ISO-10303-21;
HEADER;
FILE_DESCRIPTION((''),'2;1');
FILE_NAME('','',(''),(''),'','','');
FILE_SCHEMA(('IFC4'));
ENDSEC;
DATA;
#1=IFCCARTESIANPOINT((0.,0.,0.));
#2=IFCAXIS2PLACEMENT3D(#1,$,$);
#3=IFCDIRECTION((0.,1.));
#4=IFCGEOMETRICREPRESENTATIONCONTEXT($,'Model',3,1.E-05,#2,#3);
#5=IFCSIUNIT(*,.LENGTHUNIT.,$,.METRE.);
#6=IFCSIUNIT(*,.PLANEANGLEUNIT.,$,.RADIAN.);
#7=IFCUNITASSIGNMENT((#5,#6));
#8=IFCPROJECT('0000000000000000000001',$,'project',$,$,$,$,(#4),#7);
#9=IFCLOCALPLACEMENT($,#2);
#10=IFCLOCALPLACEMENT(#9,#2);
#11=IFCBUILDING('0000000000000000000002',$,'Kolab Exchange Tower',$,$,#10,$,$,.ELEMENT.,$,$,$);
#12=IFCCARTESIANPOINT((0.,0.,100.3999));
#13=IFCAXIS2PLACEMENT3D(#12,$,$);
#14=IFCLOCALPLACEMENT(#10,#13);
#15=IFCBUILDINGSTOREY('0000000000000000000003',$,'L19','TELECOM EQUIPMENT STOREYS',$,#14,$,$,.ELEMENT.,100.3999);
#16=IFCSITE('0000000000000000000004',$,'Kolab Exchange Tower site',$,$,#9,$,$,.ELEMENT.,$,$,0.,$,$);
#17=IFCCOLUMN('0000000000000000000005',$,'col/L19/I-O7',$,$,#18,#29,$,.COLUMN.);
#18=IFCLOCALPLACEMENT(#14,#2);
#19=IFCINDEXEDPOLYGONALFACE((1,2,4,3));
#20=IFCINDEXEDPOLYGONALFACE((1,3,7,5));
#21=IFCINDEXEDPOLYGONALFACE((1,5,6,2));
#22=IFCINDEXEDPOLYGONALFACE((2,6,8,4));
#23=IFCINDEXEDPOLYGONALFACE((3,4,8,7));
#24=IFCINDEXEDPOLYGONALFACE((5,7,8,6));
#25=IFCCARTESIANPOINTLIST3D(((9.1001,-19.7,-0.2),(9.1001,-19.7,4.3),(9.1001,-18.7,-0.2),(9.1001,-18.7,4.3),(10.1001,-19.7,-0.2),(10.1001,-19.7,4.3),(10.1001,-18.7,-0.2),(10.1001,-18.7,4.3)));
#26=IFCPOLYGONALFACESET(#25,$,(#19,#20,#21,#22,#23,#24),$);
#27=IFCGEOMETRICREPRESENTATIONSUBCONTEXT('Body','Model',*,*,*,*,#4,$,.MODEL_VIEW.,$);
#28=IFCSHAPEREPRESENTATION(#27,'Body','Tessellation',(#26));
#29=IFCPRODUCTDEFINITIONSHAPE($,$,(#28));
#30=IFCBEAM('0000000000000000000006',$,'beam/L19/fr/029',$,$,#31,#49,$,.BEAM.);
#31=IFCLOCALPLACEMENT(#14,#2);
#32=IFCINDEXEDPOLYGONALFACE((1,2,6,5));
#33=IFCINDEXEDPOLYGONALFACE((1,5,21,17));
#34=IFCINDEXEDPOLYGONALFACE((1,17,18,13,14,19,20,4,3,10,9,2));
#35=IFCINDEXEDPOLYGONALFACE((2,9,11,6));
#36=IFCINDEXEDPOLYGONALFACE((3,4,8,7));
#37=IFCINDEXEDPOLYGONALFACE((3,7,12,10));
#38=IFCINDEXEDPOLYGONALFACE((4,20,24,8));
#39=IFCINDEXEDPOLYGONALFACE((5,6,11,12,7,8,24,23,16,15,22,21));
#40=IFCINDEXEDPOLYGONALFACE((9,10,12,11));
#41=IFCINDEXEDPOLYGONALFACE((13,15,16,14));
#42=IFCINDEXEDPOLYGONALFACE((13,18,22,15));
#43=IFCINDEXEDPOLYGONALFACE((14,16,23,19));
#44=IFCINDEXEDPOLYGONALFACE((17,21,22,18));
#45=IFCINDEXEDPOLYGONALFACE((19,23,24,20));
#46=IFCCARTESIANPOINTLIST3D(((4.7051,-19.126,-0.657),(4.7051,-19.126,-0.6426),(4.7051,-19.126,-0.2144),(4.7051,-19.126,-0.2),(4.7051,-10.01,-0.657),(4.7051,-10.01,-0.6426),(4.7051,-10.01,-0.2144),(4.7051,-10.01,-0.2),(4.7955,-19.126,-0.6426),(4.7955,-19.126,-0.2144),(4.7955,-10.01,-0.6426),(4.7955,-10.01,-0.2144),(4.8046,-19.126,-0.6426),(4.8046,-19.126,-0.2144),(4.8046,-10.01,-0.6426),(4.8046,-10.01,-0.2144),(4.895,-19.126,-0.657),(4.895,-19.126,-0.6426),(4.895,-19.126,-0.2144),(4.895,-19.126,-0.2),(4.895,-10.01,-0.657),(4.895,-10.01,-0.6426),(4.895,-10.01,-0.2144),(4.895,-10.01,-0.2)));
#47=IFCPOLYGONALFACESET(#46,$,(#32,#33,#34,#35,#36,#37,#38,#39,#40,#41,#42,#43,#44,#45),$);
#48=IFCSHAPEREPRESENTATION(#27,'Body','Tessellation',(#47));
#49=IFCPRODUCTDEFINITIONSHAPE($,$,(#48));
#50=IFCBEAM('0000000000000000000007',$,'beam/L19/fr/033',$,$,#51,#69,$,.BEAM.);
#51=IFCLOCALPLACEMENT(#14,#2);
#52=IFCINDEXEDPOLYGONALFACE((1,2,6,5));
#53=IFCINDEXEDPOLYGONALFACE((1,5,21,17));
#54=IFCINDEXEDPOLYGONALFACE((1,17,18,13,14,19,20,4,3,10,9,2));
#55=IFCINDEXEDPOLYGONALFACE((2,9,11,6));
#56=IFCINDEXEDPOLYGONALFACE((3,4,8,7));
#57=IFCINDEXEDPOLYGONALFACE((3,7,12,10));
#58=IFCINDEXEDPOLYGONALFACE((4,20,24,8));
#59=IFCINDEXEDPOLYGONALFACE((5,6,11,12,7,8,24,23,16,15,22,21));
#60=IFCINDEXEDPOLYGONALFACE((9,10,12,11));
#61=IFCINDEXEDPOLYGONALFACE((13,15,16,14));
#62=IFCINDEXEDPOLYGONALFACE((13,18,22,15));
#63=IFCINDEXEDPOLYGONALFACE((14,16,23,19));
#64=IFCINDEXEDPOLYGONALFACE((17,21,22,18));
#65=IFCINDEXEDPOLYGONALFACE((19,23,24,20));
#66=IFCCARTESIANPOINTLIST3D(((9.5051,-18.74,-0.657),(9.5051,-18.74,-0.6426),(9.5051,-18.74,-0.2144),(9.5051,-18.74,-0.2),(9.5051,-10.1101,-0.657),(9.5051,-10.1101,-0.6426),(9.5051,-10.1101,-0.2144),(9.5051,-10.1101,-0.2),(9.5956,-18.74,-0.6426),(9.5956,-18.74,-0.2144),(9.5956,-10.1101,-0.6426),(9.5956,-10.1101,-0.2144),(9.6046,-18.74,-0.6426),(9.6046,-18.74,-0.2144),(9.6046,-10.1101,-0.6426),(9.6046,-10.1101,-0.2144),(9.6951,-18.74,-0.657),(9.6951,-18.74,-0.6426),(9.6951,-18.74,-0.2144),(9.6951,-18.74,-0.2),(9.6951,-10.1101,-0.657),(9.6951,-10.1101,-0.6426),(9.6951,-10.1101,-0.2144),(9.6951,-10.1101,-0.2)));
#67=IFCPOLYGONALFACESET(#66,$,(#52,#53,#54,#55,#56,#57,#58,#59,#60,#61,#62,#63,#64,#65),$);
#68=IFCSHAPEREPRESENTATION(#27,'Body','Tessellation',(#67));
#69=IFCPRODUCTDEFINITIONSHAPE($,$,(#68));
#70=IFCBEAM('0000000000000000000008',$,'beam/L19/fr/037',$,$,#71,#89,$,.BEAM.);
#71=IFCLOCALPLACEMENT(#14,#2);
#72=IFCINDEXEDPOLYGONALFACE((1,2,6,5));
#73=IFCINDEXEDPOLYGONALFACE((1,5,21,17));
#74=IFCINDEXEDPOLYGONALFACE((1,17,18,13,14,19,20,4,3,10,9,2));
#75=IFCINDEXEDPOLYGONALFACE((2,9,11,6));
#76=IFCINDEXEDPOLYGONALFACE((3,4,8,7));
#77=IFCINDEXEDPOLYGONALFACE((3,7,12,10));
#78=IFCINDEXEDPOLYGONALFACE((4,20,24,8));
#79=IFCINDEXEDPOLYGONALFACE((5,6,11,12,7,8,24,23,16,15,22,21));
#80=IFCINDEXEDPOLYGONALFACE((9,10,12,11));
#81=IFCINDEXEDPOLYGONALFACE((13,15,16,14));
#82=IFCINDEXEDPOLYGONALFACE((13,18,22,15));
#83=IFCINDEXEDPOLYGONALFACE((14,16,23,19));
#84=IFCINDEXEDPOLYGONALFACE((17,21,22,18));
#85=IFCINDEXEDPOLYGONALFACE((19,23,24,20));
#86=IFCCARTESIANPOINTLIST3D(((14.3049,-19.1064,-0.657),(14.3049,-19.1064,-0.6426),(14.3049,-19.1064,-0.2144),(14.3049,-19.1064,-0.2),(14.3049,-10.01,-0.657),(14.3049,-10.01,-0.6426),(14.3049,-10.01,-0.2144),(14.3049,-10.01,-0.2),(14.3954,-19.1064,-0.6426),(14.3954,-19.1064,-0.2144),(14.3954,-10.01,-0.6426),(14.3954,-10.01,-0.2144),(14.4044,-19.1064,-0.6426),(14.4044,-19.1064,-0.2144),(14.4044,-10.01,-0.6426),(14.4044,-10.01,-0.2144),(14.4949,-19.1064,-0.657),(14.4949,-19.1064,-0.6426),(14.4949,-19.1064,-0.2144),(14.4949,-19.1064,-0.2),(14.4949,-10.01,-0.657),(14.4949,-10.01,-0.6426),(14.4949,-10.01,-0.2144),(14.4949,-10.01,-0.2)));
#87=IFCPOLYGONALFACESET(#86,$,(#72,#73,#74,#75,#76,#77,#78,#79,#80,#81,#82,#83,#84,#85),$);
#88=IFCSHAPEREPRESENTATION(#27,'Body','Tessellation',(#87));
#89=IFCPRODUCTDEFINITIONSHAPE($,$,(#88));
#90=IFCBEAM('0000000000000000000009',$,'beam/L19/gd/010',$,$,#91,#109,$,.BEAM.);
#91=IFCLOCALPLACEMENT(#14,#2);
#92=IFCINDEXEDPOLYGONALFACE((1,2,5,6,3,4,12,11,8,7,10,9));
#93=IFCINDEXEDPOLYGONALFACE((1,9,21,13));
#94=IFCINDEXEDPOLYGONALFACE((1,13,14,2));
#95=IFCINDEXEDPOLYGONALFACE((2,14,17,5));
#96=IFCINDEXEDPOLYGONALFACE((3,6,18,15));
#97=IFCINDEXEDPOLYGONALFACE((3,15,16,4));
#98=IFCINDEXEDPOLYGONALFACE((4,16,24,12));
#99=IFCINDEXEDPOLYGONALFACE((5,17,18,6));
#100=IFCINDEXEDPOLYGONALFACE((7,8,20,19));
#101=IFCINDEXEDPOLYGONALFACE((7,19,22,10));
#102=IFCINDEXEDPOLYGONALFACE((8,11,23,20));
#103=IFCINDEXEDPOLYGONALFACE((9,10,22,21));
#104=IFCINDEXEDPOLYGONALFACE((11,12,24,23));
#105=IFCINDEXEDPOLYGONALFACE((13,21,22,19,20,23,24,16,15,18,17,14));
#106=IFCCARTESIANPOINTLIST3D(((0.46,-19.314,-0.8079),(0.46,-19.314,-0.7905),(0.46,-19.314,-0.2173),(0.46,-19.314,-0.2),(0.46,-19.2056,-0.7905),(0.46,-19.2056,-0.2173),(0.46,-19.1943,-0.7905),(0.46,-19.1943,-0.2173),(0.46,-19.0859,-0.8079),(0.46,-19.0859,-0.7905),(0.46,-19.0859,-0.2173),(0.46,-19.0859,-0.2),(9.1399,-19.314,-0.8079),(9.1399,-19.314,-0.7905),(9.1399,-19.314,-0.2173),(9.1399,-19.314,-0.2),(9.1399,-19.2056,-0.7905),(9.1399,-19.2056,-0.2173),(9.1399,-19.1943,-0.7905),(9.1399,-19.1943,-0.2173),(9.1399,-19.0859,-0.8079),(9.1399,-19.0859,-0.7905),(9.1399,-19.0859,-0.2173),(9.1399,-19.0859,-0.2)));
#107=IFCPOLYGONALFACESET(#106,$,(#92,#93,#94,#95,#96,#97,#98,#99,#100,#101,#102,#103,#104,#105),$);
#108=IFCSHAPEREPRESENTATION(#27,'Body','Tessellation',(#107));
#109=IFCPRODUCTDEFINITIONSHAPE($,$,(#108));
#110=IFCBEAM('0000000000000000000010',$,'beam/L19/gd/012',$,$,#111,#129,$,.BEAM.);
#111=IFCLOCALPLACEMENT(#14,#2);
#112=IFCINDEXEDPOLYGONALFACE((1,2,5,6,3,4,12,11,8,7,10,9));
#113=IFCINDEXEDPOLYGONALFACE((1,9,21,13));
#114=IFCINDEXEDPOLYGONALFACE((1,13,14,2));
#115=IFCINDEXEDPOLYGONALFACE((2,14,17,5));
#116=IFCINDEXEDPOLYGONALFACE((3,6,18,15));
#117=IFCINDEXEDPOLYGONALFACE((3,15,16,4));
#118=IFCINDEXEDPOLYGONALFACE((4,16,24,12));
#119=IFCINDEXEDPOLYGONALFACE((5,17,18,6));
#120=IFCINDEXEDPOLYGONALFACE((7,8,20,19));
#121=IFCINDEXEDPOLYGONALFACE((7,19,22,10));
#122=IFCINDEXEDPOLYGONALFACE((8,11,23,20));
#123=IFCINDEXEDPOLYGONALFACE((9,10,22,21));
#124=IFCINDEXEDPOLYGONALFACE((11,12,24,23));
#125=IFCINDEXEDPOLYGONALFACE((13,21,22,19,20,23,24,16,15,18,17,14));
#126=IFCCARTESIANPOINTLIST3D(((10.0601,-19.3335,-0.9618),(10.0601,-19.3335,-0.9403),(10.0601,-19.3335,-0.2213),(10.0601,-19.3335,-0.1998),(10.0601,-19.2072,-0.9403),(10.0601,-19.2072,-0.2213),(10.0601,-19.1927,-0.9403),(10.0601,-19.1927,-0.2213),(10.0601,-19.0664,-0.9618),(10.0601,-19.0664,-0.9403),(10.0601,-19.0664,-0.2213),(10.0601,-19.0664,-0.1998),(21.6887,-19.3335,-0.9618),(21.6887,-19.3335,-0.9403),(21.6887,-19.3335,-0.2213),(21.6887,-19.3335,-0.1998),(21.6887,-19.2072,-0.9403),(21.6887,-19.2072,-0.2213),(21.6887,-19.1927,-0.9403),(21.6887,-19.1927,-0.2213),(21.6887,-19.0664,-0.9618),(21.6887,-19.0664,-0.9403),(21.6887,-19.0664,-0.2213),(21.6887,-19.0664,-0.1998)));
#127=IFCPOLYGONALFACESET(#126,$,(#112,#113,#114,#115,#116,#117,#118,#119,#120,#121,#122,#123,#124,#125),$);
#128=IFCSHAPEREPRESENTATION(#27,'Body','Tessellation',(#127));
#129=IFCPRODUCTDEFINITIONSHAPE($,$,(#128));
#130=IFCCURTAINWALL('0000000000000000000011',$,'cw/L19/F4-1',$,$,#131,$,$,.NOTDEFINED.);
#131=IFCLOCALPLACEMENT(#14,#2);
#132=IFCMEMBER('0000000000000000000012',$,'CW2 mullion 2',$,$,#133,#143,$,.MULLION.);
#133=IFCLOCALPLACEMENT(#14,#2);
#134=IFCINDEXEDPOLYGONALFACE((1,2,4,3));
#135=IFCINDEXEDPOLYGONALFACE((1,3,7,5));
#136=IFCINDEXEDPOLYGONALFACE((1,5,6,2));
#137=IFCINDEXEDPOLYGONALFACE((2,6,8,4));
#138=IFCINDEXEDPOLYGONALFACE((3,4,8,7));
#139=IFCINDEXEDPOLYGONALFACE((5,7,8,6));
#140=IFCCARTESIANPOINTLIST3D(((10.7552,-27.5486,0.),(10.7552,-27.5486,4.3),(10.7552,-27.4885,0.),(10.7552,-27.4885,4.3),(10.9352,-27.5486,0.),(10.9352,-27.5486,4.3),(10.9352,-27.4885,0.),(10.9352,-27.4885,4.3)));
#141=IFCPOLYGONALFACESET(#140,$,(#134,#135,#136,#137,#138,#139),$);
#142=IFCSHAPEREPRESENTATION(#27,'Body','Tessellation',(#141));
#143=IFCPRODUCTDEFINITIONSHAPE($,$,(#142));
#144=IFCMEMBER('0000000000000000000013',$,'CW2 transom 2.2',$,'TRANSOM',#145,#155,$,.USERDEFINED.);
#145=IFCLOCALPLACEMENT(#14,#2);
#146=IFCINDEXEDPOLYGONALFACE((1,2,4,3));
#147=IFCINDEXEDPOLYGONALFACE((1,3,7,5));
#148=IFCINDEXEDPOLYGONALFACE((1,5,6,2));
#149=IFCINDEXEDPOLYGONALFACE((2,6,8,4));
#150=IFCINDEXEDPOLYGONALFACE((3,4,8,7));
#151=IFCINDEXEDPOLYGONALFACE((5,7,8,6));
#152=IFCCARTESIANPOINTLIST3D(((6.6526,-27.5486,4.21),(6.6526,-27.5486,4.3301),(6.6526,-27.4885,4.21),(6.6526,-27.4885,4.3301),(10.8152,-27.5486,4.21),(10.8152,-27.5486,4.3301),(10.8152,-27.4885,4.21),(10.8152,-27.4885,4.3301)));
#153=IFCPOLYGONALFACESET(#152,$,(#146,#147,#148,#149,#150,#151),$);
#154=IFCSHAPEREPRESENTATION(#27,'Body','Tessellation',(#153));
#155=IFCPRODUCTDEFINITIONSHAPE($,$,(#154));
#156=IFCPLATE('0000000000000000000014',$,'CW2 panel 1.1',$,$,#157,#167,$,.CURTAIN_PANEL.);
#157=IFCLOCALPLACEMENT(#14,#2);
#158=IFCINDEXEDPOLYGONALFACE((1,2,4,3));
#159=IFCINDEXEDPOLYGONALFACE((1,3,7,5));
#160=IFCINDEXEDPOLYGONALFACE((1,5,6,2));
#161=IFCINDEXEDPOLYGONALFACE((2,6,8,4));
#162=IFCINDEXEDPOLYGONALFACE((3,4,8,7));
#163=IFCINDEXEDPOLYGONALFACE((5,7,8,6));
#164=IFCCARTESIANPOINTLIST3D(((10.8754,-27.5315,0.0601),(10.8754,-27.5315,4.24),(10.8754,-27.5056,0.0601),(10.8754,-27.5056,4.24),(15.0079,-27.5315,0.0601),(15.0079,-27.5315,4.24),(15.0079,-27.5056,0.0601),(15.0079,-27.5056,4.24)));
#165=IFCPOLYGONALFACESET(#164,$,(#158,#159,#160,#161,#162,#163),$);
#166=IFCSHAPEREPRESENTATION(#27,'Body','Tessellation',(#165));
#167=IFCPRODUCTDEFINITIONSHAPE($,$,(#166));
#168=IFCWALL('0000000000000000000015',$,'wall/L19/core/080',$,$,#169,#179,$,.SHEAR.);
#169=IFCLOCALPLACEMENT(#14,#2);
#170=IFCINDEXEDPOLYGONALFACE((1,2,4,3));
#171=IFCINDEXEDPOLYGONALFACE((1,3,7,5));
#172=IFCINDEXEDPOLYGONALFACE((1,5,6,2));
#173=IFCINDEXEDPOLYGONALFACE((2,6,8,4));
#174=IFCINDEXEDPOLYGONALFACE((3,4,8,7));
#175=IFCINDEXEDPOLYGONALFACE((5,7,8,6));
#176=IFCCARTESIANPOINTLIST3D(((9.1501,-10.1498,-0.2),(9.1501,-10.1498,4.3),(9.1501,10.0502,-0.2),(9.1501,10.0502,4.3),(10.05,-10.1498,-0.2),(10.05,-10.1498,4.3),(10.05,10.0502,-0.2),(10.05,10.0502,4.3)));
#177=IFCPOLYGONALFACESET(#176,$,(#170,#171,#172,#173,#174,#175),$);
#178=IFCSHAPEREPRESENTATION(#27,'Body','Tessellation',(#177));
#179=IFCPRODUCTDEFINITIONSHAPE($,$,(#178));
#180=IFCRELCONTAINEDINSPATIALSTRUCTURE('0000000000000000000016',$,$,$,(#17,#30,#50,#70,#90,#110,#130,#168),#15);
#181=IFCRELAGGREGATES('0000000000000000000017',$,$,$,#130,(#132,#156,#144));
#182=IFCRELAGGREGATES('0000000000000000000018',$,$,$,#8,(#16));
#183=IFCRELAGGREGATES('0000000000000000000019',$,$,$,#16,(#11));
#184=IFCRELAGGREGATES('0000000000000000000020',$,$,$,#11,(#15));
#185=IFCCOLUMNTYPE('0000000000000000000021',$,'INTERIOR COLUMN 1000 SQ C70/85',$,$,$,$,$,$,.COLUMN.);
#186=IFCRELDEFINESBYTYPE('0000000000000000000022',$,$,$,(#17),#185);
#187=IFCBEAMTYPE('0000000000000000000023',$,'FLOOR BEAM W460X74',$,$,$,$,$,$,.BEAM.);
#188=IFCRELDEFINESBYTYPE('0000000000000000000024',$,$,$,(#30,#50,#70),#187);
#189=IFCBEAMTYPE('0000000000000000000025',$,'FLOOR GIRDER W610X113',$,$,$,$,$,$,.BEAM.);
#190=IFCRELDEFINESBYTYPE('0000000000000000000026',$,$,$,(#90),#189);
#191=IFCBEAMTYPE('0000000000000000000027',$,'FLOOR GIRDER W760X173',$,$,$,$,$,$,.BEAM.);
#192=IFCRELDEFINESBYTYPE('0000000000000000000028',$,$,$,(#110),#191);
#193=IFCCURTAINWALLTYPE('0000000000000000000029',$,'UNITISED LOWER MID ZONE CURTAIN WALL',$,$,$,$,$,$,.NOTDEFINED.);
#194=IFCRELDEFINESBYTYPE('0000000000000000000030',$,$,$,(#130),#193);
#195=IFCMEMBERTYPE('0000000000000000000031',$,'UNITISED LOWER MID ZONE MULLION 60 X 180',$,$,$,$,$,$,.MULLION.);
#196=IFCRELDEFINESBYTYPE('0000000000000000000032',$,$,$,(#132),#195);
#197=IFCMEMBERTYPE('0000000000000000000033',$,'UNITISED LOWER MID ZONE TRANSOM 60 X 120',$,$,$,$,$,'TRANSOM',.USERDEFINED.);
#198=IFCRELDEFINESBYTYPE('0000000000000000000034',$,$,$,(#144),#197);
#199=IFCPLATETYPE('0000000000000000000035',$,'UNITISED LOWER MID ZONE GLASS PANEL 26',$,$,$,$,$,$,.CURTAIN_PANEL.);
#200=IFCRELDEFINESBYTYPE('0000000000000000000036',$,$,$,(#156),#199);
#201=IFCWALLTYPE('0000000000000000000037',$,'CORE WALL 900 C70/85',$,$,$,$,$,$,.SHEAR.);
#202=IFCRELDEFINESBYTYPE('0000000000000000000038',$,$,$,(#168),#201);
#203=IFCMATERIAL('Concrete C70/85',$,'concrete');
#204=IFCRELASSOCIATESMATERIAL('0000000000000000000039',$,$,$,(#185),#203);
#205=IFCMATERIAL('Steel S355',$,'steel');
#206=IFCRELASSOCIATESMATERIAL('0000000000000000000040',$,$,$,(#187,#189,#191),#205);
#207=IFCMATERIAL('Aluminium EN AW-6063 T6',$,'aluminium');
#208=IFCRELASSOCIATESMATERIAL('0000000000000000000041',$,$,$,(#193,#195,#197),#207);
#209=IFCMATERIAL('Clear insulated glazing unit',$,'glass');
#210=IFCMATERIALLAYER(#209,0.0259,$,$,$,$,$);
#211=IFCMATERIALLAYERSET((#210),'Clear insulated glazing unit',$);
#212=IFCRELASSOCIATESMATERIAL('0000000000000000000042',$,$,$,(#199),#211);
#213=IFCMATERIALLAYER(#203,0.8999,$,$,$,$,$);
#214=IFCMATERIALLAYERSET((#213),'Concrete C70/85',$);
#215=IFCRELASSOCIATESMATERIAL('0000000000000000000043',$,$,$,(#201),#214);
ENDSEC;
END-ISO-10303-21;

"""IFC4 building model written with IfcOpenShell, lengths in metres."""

from ifc_helpers import new_model, si_unit, direction, frame, frame_2d, origin, origin_2d, place, context, subcontext, project, spatial, rectangle, i_section, extrude, material, layer, layer_set, material_profile, profile_set, type_object, element, aggregate, save


model = new_model("IFC4")

# Units and contexts
model_context = context("Model", 3, precision=1e-05, world=origin(), true_north=direction((0.0, 1.0)))
body_context = subcontext(model_context, "Body", "Model", "MODEL_VIEW")
ifc_project = project(units=[si_unit("LENGTHUNIT", "METRE"), si_unit("PLANEANGLEUNIT", "RADIAN")], contexts=[model_context])

# Site, building, storey
site_placement = place(None, origin())
site = spatial("IfcSite", under=ifc_project, at=site_placement, Name="Kolab Exchange Tower site", CompositionType="ELEMENT", RefElevation=0.0)
building_placement = place(site_placement, origin())
building = spatial("IfcBuilding", under=site, at=building_placement, Name="Kolab Exchange Tower", CompositionType="ELEMENT")
storey_placement = place(building_placement, frame((0.0, 0.0, 100.3999)))
storey = spatial("IfcBuildingStorey", under=building, at=storey_placement, Name="L19", Description="TELECOM EQUIPMENT STOREYS", CompositionType="ELEMENT", Elevation=100.3999)

# Column
ifc_material_1 = material(Name="Concrete C70/85", Category="concrete")
ifc_material_profile_1 = material_profile(ifc_material_1, rectangle(XDim=1.0, YDim=1.0, at=origin_2d()), Name="RC1000")
ifc_profile_set_1 = profile_set([ifc_material_profile_1], Name="Concrete C70/85")
column_type = type_object("IfcColumnType", Name="INTERIOR COLUMN 1000 SQ C70/85", PredefinedType="COLUMN", material=ifc_profile_set_1)
column_placement = place(storey_placement, frame((9.6001, -19.2, -0.2), z_axis=(0.0, 0.0, 1.0), x_axis=(1.0, 0.0, 0.0)))
element("IfcColumn", 1, at=column_placement, inside=storey, type_object=column_type, Name="col/L19/I-O7", PredefinedType="COLUMN", context=body_context, shape_type="SweptSolid", body=[
    extrude(rectangle(XDim=1.0, YDim=1.0, at=origin_2d()), origin(), (0.0, 0.0, 1.0), 4.5),
])

# Beams
ifc_material_2 = material(Name="Steel S355", Category="steel")
ifc_material_profile_2 = material_profile(ifc_material_2, i_section(OverallWidth=0.1899, OverallDepth=0.457, WebThickness=0.009, FlangeThickness=0.0144, at=origin_2d()), Name="W460X74")
ifc_profile_set_2 = profile_set([ifc_material_profile_2], Name="Steel S355")
beam_type_1 = type_object("IfcBeamType", Name="FLOOR BEAM W460X74", PredefinedType="BEAM", material=ifc_profile_set_2)
beam_1_placement = place(storey_placement, frame((4.8, -19.126, -0.4285), z_axis=(0.0, 1.0, 0.0), x_axis=(-1.0, 0.0, 0.0)))
element("IfcBeam", 2, at=beam_1_placement, inside=storey, type_object=beam_type_1, Name="beam/L19/fr/029", PredefinedType="BEAM", context=body_context, shape_type="SweptSolid", body=[
    extrude(i_section(OverallWidth=0.1899, OverallDepth=0.457, WebThickness=0.009, FlangeThickness=0.0144, at=origin_2d()), origin(), (0.0, 0.0, 1.0), 9.116),
])
beam_2_placement = place(storey_placement, frame((9.6001, -18.74, -0.4285), z_axis=(0.0, 1.0, 0.0), x_axis=(-1.0, 0.0, 0.0)))
element("IfcBeam", 3, at=beam_2_placement, inside=storey, type_object=beam_type_1, Name="beam/L19/fr/033", PredefinedType="BEAM", context=body_context, shape_type="SweptSolid", body=[
    extrude(i_section(OverallWidth=0.1899, OverallDepth=0.457, WebThickness=0.009, FlangeThickness=0.0144, at=origin_2d()), origin(), (0.0, 0.0, 1.0), 8.6299),
])
beam_3_placement = place(storey_placement, frame((14.3999, -19.1064, -0.4285), z_axis=(0.0, 1.0, 0.0), x_axis=(-1.0, 0.0, 0.0)))
element("IfcBeam", 4, at=beam_3_placement, inside=storey, type_object=beam_type_1, Name="beam/L19/fr/037", PredefinedType="BEAM", context=body_context, shape_type="SweptSolid", body=[
    extrude(i_section(OverallWidth=0.1899, OverallDepth=0.457, WebThickness=0.009, FlangeThickness=0.0144, at=origin_2d()), origin(), (0.0, 0.0, 1.0), 9.0964),
])
ifc_material_profile_3 = material_profile(ifc_material_2, i_section(OverallWidth=0.228, OverallDepth=0.6079, WebThickness=0.0112, FlangeThickness=0.0173, at=origin_2d()), Name="W610X113")
ifc_profile_set_3 = profile_set([ifc_material_profile_3], Name="Steel S355")
beam_type_2 = type_object("IfcBeamType", Name="FLOOR GIRDER W610X113", PredefinedType="BEAM", material=ifc_profile_set_3)
beam_4_placement = place(storey_placement, frame((0.46, -19.2, -0.5039), z_axis=(1.0, 0.0, 0.0), x_axis=(0.0, 1.0, 0.0)))
element("IfcBeam", 5, at=beam_4_placement, inside=storey, type_object=beam_type_2, Name="beam/L19/gd/010", PredefinedType="BEAM", context=body_context, shape_type="SweptSolid", body=[
    extrude(i_section(OverallWidth=0.228, OverallDepth=0.6079, WebThickness=0.0112, FlangeThickness=0.0173, at=origin_2d()), origin(), (0.0, 0.0, 1.0), 8.6799),
])
ifc_material_profile_4 = material_profile(ifc_material_2, i_section(OverallWidth=0.2671, OverallDepth=0.762, WebThickness=0.0144, FlangeThickness=0.0215, at=origin_2d()), Name="W760X173")
ifc_profile_set_4 = profile_set([ifc_material_profile_4], Name="Steel S355")
beam_type_3 = type_object("IfcBeamType", Name="FLOOR GIRDER W760X173", PredefinedType="BEAM", material=ifc_profile_set_4)
beam_5_placement = place(storey_placement, frame((10.0601, -19.2, -0.5808), z_axis=(1.0, 0.0, 0.0), x_axis=(0.0, 1.0, 0.0)))
element("IfcBeam", 6, at=beam_5_placement, inside=storey, type_object=beam_type_3, Name="beam/L19/gd/012", PredefinedType="BEAM", context=body_context, shape_type="SweptSolid", body=[
    extrude(i_section(OverallWidth=0.2671, OverallDepth=0.762, WebThickness=0.0144, FlangeThickness=0.0215, at=origin_2d()), origin(), (0.0, 0.0, 1.0), 11.6287),
])

# Curtain wall, members, plate
ifc_material_3 = material(Name="Aluminium EN AW-6063 T6", Category="aluminium")
curtain_wall_type = type_object("IfcCurtainWallType", Name="UNITISED LOWER MID ZONE CURTAIN WALL", PredefinedType="NOTDEFINED", material=ifc_material_3)
curtain_wall_placement = place(storey_placement, origin())
curtain_wall = element("IfcCurtainWall", 7, at=curtain_wall_placement, inside=storey, type_object=curtain_wall_type, Name="cw/L19/F4-1", PredefinedType="NOTDEFINED")
ifc_material_profile_5 = material_profile(ifc_material_3, rectangle(XDim=0.0601, YDim=0.1799, at=origin_2d()), Name="RECT 60X180")
ifc_profile_set_5 = profile_set([ifc_material_profile_5], Name="Aluminium EN AW-6063 T6")
member_type_1 = type_object("IfcMemberType", Name="UNITISED LOWER MID ZONE MULLION 60 X 180", PredefinedType="MULLION", material=ifc_profile_set_5)
member_1_placement = place(storey_placement, frame((10.8452, -27.5186, 0.0), z_axis=(0.0, 0.0, 1.0), x_axis=(0.0, -1.0, 0.0)))
member_1 = element("IfcMember", 8, at=member_1_placement, type_object=member_type_1, Name="CW2 mullion 2", PredefinedType="MULLION", context=body_context, shape_type="SweptSolid", body=[
    extrude(rectangle(XDim=0.0601, YDim=0.1799, at=origin_2d()), origin(), (0.0, 0.0, 1.0), 4.3),
])
ifc_material_profile_6 = material_profile(ifc_material_3, rectangle(XDim=0.0601, YDim=0.1201, at=origin_2d()), Name="RECT 60X120")
ifc_profile_set_6 = profile_set([ifc_material_profile_6], Name="Aluminium EN AW-6063 T6")
member_type_2 = type_object("IfcMemberType", Name="UNITISED LOWER MID ZONE TRANSOM 60 X 120", ElementType="TRANSOM", PredefinedType="USERDEFINED", material=ifc_profile_set_6)
member_2_placement = place(storey_placement, frame((10.8152, -27.5186, 4.27), z_axis=(-1.0, 0.0, 0.0), x_axis=(0.0, -1.0, 0.0)))
member_2 = element("IfcMember", 9, at=member_2_placement, type_object=member_type_2, Name="CW2 transom 2.2", ObjectType="TRANSOM", PredefinedType="USERDEFINED", context=body_context, shape_type="SweptSolid", body=[
    extrude(rectangle(XDim=0.0601, YDim=0.1201, at=origin_2d()), origin(), (0.0, 0.0, 1.0), 4.1626),
])
ifc_material_4 = material(Name="Clear insulated glazing unit", Category="glass")
ifc_layer_1 = layer(ifc_material_4, 0.0259)
ifc_layer_set_1 = layer_set([ifc_layer_1], Name="Clear insulated glazing unit")
plate_type = type_object("IfcPlateType", Name="UNITISED LOWER MID ZONE GLASS PANEL 26", PredefinedType="CURTAIN_PANEL", material=ifc_layer_set_1)
plate_placement = place(storey_placement, frame((12.9417, -27.5186, 0.0601), z_axis=(0.0, 0.0, 1.0), x_axis=(-1.0, 0.0, 0.0)))
plate = element("IfcPlate", 10, at=plate_placement, type_object=plate_type, Name="CW2 panel 1.1", PredefinedType="CURTAIN_PANEL", context=body_context, shape_type="SweptSolid", body=[
    extrude(rectangle(XDim=4.1326, YDim=0.0259, at=origin_2d()), origin(), (0.0, 0.0, 1.0), 4.1799),
])
aggregate(curtain_wall, [member_1, plate, member_2])

# Wall
ifc_layer_2 = layer(ifc_material_1, 0.8999)
ifc_layer_set_2 = layer_set([ifc_layer_2], Name="Concrete C70/85")
wall_type_1 = type_object("IfcWallType", Name="CORE WALL 900 C70/85", PredefinedType="SHEAR", material=ifc_layer_set_2)
wall_1_placement = place(storey_placement, frame((9.6001, -10.1499, -0.2), z_axis=(0.0, 0.0, 1.0), x_axis=(0.0, 1.0, 0.0)))
element("IfcWall", 11, at=wall_1_placement, inside=storey, type_object=wall_type_1, Name="wall/L19/core/080", PredefinedType="SHEAR", context=body_context, shape_type="SweptSolid", body=[
    extrude(rectangle(XDim=20.2, YDim=0.8999, at=frame_2d((10.1001, 0.0))), origin(), (0.0, 0.0, 1.0), 4.5),
])

save(model, "model.ifc")
